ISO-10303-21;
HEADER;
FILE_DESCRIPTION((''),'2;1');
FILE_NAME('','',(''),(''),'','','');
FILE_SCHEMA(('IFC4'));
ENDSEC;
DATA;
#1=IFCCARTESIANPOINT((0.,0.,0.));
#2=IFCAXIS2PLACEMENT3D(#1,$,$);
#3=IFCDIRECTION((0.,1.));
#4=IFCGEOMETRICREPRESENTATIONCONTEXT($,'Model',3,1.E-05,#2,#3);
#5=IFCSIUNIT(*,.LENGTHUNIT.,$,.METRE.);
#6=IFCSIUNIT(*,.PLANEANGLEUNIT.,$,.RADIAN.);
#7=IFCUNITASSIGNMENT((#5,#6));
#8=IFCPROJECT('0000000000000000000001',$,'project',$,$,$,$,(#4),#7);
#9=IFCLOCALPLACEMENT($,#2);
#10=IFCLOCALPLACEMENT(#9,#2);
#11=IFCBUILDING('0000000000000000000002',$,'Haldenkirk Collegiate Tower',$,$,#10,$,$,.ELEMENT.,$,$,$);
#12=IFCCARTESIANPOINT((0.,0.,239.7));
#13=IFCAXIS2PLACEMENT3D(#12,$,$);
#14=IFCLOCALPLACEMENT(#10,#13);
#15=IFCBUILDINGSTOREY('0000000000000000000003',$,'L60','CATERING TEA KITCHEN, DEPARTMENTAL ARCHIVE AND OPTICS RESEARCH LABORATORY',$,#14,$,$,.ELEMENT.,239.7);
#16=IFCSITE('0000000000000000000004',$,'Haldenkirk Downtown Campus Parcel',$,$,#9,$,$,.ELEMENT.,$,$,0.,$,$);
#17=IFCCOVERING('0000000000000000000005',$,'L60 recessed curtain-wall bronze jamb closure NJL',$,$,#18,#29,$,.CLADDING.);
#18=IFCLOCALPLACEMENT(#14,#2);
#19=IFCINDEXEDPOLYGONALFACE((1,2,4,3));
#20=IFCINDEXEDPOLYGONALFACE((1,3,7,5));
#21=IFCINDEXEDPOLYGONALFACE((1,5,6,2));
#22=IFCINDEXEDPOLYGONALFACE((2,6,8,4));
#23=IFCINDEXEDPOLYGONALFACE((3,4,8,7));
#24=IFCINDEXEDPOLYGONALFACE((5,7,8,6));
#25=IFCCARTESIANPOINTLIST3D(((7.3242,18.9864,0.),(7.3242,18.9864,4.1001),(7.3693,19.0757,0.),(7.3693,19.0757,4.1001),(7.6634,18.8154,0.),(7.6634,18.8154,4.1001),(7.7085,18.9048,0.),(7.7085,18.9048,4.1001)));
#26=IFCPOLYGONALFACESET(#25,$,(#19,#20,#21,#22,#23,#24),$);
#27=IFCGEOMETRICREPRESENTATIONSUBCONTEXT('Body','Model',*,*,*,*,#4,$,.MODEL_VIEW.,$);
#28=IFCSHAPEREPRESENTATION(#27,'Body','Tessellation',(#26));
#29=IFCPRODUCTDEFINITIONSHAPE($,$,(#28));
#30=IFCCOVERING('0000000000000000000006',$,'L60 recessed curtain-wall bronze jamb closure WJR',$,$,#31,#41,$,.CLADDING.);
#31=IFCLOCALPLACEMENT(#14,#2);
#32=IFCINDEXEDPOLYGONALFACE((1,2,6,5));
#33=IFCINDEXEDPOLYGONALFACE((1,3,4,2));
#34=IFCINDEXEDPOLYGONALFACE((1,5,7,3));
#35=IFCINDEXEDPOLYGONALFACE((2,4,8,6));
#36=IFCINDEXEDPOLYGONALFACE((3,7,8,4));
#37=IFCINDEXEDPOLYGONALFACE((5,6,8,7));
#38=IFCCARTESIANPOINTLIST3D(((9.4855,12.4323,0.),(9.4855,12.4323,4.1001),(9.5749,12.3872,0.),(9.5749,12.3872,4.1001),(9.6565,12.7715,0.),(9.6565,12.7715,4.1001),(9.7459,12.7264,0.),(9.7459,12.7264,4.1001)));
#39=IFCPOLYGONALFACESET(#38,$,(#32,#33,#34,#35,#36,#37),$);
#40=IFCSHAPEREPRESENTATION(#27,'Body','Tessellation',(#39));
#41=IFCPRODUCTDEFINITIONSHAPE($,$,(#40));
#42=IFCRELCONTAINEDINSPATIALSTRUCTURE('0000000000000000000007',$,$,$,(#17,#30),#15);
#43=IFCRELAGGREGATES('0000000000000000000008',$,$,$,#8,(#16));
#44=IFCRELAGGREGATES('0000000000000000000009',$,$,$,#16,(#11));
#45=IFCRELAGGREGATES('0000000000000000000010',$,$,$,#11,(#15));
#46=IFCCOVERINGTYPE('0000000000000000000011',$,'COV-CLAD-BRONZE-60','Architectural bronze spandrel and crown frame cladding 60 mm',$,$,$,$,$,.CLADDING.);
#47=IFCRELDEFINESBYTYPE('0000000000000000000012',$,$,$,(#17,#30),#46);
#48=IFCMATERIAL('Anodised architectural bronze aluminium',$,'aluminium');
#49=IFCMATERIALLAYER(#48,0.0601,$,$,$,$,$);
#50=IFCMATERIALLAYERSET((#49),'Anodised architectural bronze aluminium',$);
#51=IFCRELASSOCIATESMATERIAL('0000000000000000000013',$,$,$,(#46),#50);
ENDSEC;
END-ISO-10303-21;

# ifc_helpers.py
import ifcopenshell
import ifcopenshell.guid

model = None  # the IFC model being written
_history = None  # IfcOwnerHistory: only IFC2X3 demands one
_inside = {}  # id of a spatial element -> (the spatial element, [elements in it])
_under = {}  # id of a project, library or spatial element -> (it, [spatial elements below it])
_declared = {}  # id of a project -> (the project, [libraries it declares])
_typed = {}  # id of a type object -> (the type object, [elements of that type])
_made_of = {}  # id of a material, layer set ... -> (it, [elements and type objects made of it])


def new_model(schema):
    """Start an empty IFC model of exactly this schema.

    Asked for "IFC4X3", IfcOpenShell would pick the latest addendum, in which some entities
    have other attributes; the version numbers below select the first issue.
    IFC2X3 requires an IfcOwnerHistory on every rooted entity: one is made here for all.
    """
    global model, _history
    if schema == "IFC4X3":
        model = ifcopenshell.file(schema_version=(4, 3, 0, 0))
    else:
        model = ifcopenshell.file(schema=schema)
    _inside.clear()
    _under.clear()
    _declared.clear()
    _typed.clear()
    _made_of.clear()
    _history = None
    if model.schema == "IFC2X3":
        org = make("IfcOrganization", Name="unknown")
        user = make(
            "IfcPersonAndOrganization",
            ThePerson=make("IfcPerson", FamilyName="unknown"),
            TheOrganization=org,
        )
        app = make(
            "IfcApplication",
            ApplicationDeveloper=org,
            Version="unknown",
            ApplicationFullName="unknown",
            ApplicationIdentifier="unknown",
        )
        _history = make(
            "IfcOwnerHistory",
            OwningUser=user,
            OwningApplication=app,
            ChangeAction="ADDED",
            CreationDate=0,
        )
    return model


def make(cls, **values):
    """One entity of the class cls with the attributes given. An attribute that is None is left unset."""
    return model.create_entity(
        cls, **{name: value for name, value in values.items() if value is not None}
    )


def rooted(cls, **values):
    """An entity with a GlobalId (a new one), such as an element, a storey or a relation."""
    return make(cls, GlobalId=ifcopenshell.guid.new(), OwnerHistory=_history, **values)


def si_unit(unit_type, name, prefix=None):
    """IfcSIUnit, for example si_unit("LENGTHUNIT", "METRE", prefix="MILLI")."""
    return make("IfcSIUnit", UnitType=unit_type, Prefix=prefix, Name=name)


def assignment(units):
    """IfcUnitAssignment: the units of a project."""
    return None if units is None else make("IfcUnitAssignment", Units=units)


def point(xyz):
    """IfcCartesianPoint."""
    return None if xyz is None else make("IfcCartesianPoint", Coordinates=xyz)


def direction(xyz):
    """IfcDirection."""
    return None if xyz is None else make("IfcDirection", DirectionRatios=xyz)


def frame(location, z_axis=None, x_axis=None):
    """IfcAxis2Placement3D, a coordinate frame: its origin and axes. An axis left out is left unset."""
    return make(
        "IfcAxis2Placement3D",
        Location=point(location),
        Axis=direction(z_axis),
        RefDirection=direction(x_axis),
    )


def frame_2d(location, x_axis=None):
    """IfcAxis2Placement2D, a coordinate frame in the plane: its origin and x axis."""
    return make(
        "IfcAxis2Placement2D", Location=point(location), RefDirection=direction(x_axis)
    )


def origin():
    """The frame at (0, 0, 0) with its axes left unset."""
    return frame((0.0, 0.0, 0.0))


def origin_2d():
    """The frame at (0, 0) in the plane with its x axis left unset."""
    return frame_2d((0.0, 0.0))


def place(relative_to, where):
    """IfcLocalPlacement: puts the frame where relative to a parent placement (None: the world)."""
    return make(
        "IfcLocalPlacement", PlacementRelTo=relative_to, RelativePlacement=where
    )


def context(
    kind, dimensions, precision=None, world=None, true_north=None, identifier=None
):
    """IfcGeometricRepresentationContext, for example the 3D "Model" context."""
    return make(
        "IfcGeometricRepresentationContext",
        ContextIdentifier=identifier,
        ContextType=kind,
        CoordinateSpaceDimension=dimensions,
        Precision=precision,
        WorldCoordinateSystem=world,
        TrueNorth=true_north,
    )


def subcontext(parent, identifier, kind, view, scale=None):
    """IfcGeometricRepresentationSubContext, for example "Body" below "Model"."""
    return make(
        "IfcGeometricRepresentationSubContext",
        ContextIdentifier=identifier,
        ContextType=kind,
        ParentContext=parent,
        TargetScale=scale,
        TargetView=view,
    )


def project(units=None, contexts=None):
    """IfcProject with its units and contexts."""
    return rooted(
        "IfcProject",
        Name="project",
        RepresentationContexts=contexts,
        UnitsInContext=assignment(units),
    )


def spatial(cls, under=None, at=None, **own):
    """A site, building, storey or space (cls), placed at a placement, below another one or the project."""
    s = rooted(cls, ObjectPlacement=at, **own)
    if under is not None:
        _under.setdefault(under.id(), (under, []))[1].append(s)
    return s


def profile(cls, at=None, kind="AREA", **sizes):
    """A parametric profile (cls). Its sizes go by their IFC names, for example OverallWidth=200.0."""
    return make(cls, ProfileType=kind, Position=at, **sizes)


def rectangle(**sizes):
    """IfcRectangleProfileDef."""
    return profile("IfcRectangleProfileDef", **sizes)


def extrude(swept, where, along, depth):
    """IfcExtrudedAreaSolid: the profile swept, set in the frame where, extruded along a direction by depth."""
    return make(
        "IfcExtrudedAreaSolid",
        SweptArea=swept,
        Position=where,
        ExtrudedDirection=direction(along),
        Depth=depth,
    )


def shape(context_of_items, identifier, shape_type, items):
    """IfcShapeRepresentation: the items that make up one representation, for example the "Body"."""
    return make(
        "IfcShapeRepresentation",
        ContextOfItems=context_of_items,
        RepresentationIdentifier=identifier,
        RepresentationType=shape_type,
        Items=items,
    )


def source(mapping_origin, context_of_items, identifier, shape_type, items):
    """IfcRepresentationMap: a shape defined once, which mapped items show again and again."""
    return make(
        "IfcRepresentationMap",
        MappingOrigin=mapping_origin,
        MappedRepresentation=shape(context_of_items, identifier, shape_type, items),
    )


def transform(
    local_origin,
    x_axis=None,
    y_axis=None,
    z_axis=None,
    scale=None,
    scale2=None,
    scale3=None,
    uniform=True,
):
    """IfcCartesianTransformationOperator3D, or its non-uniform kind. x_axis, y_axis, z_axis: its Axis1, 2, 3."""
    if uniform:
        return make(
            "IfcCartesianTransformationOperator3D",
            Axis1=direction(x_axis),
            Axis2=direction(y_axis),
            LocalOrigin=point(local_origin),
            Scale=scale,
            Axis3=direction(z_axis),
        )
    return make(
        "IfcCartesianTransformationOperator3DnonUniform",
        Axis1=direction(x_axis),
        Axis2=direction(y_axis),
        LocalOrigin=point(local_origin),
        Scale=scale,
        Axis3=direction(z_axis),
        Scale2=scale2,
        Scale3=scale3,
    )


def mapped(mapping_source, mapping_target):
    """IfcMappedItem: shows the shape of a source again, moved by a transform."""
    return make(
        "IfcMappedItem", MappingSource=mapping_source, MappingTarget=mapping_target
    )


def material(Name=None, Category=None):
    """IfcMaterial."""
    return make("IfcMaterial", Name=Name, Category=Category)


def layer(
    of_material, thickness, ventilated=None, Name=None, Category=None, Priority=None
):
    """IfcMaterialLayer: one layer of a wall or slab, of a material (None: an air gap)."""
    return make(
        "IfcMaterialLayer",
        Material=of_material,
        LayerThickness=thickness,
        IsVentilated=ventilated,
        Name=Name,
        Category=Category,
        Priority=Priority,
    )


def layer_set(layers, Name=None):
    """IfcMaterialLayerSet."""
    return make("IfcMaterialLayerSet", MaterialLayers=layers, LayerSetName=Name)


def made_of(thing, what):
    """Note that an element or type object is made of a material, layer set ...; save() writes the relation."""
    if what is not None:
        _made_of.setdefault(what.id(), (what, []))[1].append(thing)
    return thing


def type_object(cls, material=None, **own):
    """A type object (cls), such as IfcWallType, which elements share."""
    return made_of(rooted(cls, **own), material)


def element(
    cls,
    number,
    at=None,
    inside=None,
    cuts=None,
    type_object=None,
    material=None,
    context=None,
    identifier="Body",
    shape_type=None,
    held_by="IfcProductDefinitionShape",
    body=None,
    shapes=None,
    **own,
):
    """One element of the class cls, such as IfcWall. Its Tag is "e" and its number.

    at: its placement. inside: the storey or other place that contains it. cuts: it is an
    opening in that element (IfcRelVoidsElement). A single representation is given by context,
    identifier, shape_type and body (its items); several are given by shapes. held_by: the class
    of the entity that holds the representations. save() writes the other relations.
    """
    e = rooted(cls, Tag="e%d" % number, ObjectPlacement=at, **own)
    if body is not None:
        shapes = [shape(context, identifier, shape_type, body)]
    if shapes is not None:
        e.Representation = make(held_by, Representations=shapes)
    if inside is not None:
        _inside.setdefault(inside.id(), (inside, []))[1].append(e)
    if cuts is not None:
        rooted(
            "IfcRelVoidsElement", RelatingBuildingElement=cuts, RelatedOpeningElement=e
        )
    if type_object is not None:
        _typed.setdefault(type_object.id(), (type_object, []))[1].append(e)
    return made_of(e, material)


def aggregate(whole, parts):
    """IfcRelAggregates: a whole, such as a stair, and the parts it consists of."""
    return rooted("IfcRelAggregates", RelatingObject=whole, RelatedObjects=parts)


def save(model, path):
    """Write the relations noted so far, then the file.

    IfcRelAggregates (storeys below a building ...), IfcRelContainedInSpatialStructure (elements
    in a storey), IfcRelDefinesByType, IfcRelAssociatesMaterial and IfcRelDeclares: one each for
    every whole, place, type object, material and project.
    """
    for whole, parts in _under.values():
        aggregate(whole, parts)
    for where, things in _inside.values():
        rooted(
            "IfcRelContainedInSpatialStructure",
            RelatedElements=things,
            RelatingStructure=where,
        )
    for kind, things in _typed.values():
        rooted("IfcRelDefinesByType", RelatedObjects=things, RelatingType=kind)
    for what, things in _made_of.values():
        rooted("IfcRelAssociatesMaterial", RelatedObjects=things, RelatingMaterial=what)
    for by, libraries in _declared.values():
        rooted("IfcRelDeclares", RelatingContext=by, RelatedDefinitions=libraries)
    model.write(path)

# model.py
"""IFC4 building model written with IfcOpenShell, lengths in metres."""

from ifc_helpers import new_model, si_unit, direction, frame, origin, origin_2d, place, context, subcontext, project, spatial, rectangle, extrude, source, transform, mapped, material, layer, layer_set, type_object, element, save


model = new_model("IFC4")

# Units and contexts
model_context = context("Model", 3, precision=1e-05, world=origin(), true_north=direction((0.0, 1.0)))
body_context = subcontext(model_context, "Body", "Model", "MODEL_VIEW")
ifc_project = project(units=[si_unit("LENGTHUNIT", "METRE"), si_unit("PLANEANGLEUNIT", "RADIAN")], contexts=[model_context])

# Site, building, storey
site_placement = place(None, origin())
site = spatial("IfcSite", under=ifc_project, at=site_placement, Name="Haldenkirk Downtown Campus Parcel", CompositionType="ELEMENT", RefElevation=0.0)
building_placement = place(site_placement, origin())
building = spatial("IfcBuilding", under=site, at=building_placement, Name="Haldenkirk Collegiate Tower", CompositionType="ELEMENT")
storey_placement = place(building_placement, frame((0.0, 0.0, 239.7)))
storey = spatial("IfcBuildingStorey", under=building, at=storey_placement, Name="L60", Description="CATERING TEA KITCHEN, DEPARTMENTAL ARCHIVE AND OPTICS RESEARCH LABORATORY", CompositionType="ELEMENT", Elevation=239.7)

# Shared definitions
ifc_material_1 = material(Name="Anodised architectural bronze aluminium", Category="aluminium")

# Coverings
ifc_layer_1 = layer(ifc_material_1, 0.0601)
ifc_layer_set_1 = layer_set([ifc_layer_1], Name="Anodised architectural bronze aluminium")
covering_type_1 = type_object("IfcCoveringType", Name="COV-CLAD-BRONZE-60", Description="Architectural bronze spandrel and crown frame cladding 60 mm", PredefinedType="CLADDING", material=ifc_layer_set_1)
shared_shape = source(origin(), body_context, "Body", "SweptSolid", [
    extrude(rectangle(XDim=0.1001, YDim=0.3799, at=origin_2d()), origin(), (0.0, 0.0, 1.0), 4.1001),
])
for number, where, z_axis, x_axis, name in (
    (1, (7.5164, 18.9456, 0.0), (0.0, 0.0, 1.0), (0.450098, 0.892979, 0.0), "L60 recessed curtain-wall bronze jamb closure NJL"),
    (2, (9.6157, 12.5793, 0.0), (0.0, 0.0, 1.0), (-0.892979, 0.450098, 0.0), "L60 recessed curtain-wall bronze jamb closure WJR"),
):
    element("IfcCovering", number, at=place(storey_placement, frame(where, z_axis=z_axis, x_axis=x_axis)), inside=storey, type_object=covering_type_1, Name=name, PredefinedType="CLADDING", context=body_context, shape_type="MappedRepresentation", body=[
        mapped(shared_shape, transform((0.0, 0.0, 0.0), x_axis=(1.0, 0.0, 0.0), y_axis=(0.0, 1.0, 0.0), z_axis=(0.0, 0.0, 1.0), scale=1.0)),
    ])

save(model, "model.ifc")
